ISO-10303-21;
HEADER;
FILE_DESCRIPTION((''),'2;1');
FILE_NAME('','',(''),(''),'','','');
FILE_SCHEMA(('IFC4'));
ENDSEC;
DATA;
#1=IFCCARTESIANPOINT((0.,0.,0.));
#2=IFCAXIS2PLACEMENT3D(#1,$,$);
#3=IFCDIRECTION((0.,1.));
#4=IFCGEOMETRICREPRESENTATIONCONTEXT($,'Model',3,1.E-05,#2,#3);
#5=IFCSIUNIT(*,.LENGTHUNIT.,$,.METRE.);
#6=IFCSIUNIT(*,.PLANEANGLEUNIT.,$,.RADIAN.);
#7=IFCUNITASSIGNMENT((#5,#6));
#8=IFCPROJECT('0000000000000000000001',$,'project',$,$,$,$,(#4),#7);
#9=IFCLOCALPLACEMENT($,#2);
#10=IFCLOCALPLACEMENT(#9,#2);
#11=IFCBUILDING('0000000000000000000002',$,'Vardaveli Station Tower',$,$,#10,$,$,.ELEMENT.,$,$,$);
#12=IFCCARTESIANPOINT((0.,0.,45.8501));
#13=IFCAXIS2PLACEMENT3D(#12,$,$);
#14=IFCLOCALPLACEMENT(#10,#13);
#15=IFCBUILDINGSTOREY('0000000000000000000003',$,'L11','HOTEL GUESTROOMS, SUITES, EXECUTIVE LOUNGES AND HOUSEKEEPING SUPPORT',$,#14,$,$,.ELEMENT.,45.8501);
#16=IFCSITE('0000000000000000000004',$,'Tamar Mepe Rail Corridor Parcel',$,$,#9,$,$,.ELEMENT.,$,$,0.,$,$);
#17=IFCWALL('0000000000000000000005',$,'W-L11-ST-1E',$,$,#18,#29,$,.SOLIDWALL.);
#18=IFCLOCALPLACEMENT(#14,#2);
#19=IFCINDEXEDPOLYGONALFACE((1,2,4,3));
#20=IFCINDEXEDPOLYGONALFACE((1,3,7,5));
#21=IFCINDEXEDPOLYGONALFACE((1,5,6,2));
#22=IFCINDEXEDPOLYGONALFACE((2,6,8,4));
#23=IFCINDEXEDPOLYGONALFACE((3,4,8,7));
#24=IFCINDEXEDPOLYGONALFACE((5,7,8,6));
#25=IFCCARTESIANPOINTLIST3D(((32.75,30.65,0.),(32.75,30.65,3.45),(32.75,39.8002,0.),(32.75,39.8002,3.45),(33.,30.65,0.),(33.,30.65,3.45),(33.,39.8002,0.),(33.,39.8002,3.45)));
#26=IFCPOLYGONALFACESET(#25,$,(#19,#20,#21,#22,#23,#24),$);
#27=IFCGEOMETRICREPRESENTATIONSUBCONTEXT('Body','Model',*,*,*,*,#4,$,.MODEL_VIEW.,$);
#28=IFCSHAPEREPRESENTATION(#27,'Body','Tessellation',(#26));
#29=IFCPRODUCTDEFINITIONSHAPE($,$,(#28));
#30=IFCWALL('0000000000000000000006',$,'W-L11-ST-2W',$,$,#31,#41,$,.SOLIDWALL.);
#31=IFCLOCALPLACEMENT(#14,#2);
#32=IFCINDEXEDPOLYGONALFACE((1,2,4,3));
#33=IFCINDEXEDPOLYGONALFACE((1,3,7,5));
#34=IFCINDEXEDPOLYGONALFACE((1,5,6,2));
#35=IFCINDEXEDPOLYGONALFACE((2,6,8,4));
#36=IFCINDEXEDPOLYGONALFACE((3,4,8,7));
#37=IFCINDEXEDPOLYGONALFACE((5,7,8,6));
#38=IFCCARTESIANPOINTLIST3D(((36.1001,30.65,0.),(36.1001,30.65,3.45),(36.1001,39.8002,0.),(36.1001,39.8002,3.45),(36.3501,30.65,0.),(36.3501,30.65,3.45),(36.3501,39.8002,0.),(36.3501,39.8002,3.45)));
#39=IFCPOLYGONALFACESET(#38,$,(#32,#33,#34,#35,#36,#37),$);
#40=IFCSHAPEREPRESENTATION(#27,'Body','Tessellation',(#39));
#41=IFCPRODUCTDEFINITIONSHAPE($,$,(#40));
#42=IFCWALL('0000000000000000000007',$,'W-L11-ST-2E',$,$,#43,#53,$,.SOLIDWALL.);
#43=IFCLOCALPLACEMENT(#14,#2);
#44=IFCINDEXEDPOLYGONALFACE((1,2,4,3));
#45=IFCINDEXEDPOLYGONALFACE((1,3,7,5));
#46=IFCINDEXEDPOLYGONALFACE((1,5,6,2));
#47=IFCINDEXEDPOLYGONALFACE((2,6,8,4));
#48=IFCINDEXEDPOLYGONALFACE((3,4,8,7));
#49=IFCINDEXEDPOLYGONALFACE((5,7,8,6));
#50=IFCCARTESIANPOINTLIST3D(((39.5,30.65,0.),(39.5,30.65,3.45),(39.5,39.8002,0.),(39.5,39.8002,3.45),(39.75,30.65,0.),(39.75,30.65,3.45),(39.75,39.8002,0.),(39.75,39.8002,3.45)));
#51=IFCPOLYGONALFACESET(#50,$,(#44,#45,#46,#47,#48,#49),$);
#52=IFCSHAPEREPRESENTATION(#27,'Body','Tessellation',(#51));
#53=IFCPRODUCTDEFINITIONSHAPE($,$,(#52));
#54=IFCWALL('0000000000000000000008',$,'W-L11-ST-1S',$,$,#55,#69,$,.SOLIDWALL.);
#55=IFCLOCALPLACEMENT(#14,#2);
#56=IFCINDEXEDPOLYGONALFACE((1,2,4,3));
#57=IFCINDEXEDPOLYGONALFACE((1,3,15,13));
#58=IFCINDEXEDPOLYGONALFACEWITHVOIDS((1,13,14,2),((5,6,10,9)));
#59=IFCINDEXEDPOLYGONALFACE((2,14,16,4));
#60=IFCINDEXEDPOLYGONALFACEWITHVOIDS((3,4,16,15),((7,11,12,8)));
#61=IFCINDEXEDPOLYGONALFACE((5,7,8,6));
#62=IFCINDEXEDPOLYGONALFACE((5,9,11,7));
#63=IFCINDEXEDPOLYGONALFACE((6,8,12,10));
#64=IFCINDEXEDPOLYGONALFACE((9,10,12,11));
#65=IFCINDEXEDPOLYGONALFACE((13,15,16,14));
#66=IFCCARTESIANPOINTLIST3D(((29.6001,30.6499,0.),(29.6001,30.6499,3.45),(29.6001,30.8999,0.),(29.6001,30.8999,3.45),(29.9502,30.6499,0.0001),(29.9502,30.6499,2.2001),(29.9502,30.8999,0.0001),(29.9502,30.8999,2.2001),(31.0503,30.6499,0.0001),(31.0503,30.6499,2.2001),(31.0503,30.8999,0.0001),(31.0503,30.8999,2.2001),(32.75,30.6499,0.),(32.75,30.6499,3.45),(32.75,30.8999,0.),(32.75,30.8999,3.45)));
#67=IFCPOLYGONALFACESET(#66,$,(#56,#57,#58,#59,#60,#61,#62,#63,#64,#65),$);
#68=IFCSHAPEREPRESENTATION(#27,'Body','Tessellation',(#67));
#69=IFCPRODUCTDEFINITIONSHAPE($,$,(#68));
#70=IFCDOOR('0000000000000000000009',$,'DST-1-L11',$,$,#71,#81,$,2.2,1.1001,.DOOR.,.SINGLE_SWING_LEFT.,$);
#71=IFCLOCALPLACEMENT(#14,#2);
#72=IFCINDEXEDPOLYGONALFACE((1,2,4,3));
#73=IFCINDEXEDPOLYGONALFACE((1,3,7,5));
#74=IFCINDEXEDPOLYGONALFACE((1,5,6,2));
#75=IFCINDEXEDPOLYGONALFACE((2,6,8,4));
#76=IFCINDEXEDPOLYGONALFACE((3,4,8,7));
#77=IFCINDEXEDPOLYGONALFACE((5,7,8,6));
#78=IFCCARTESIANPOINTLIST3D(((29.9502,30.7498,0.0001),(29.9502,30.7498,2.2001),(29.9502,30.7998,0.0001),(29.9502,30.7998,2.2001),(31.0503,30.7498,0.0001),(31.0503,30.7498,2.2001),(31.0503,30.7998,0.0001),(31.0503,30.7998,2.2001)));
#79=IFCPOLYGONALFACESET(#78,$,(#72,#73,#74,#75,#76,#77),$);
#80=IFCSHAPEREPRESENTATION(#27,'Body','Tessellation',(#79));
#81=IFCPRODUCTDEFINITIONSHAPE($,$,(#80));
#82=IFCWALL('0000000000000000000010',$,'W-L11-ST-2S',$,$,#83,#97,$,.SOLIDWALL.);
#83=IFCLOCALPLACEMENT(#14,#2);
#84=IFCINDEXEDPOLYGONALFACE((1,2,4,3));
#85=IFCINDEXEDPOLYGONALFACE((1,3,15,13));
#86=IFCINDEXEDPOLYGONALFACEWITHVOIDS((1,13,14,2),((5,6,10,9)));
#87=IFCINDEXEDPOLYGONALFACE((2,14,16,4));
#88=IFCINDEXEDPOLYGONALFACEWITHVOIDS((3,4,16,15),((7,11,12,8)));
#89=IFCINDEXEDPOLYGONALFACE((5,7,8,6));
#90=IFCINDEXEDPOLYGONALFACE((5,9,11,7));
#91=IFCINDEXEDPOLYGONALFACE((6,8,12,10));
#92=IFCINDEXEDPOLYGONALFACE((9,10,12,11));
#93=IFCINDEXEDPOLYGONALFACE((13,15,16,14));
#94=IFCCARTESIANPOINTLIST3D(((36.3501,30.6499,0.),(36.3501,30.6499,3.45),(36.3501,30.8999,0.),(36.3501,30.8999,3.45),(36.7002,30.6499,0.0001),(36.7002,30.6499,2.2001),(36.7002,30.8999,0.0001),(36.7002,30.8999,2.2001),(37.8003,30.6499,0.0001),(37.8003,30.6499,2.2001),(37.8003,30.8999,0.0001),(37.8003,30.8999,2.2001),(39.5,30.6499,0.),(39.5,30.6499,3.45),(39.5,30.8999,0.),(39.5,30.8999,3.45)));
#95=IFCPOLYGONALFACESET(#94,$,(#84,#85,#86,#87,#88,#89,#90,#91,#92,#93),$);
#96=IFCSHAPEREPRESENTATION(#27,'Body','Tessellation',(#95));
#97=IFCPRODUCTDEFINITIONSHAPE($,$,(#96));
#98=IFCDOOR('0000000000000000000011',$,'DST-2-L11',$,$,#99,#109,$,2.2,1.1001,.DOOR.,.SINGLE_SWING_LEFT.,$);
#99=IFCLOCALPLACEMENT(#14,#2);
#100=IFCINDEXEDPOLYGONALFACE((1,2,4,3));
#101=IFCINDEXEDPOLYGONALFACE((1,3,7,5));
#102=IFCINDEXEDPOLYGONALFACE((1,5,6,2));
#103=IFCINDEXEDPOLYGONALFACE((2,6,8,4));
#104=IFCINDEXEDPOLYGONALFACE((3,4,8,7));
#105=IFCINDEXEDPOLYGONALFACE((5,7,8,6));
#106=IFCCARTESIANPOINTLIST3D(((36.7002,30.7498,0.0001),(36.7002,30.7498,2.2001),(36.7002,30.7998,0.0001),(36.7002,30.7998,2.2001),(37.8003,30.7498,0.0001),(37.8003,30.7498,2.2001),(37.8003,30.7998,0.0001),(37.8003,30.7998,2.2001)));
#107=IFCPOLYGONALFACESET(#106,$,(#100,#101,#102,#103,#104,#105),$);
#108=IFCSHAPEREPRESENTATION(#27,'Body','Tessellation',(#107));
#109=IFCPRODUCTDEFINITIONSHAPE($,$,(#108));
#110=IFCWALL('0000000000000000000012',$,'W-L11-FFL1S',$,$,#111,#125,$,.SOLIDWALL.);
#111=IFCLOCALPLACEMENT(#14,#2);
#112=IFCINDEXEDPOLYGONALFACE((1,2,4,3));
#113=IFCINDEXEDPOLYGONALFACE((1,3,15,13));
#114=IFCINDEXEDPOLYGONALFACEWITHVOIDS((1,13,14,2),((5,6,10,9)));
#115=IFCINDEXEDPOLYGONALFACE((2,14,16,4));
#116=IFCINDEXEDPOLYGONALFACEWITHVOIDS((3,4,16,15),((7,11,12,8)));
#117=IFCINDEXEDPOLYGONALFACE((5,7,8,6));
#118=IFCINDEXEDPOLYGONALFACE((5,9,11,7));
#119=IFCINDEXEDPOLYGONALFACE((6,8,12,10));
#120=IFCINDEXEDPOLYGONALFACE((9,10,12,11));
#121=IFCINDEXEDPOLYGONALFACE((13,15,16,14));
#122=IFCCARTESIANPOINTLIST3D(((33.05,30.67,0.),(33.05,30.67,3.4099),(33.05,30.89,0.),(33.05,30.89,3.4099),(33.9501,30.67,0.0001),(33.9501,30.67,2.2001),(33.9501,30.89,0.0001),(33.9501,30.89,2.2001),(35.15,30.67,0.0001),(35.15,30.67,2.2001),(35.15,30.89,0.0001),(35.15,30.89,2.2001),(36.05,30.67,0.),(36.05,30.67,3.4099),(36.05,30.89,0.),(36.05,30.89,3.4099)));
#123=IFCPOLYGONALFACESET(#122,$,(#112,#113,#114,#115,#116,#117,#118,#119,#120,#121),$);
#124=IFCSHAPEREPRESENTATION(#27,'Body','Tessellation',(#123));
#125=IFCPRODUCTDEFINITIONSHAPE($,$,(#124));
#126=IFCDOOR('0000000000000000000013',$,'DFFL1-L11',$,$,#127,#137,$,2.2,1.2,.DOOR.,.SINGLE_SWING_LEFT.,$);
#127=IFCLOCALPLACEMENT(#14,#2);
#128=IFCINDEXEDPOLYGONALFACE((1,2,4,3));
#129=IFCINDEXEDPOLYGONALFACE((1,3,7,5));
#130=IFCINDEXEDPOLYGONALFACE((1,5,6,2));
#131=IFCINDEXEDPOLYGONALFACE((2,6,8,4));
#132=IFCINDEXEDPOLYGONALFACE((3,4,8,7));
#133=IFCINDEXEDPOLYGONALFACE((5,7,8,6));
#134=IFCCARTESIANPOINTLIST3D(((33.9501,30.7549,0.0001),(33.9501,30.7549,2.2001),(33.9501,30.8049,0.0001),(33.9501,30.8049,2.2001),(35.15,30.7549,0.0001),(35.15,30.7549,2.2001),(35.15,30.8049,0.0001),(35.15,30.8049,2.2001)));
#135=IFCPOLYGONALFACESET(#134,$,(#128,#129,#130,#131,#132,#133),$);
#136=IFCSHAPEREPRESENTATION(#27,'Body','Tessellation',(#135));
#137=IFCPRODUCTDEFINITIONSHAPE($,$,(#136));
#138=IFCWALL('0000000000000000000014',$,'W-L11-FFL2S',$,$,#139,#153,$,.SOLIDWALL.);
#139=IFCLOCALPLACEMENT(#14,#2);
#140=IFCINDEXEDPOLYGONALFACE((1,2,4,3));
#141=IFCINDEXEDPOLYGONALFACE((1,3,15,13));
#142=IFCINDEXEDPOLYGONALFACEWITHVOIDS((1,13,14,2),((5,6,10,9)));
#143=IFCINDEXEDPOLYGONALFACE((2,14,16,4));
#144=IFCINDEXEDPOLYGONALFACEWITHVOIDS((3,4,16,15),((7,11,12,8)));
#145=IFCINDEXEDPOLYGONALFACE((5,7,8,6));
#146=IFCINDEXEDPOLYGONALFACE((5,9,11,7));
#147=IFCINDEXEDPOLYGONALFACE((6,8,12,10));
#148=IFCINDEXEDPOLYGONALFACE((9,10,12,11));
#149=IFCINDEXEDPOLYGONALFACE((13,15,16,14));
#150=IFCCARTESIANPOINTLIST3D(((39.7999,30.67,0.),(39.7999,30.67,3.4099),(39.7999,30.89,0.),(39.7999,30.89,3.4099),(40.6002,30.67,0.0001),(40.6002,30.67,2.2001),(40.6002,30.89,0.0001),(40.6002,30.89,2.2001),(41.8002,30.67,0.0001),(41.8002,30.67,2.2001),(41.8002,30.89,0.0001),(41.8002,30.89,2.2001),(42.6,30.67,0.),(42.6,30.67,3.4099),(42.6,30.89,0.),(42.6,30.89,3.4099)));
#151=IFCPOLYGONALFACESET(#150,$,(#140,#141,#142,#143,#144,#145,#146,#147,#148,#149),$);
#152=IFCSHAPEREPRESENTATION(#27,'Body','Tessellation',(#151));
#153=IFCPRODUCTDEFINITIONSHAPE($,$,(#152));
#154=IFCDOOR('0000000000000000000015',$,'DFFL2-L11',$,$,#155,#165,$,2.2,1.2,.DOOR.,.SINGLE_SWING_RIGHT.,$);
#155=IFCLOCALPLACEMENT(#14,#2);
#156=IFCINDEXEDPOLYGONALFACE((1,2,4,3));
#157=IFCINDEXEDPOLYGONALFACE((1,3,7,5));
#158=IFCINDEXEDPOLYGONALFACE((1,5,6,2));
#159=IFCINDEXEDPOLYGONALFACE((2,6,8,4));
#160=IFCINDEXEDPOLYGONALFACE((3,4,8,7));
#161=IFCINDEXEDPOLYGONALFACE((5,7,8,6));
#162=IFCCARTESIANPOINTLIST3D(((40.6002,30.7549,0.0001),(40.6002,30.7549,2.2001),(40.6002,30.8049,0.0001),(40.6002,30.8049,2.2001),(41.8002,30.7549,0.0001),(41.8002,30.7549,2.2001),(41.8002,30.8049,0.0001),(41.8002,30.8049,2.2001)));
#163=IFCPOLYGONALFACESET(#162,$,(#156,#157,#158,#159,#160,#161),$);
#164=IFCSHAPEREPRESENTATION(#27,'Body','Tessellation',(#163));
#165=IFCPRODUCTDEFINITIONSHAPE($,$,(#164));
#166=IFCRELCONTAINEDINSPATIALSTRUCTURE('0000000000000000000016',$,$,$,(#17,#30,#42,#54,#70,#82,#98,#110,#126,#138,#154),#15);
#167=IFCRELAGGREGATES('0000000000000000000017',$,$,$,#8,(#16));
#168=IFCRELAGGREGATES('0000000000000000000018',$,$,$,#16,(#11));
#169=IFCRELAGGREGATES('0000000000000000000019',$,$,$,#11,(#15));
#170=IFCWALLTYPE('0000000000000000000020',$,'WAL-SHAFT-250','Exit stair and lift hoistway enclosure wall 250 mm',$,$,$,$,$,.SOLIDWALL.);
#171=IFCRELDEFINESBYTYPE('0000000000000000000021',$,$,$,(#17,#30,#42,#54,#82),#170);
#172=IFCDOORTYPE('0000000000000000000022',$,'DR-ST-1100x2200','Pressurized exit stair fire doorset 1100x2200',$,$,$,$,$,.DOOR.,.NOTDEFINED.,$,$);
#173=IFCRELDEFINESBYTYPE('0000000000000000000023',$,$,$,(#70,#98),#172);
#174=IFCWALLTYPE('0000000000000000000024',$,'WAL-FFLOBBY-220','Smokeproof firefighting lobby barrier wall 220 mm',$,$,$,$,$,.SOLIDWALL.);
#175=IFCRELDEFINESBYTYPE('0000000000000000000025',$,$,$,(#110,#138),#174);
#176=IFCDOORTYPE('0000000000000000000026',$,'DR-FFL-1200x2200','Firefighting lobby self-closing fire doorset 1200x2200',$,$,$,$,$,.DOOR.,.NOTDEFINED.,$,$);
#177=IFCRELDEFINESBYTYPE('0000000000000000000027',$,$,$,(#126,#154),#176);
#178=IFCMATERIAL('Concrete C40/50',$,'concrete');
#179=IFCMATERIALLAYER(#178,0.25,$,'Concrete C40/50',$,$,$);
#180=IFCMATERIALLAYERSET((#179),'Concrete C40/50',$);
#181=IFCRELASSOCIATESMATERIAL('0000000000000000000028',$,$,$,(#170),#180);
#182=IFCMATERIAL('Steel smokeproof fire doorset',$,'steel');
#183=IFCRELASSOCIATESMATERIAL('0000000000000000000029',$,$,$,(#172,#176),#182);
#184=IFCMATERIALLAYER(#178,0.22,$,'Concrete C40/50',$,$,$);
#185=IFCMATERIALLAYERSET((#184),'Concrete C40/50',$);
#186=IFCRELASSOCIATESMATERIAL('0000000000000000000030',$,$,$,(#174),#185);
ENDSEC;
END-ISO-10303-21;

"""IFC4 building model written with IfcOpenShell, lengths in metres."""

from ifc_helpers import new_model, si_unit, direction, frame, frame_2d, origin, place, context, subcontext, project, spatial, rectangle, extrude, source, transform, mapped, material, layer, layer_set, type_object, element, fill, save


model = new_model("IFC4")

# Units and contexts
model_context = context("Model", 3, precision=1e-05, world=origin(), true_north=direction((0.0, 1.0)))
body_context = subcontext(model_context, "Body", "Model", "MODEL_VIEW")
ifc_project = project(units=[si_unit("LENGTHUNIT", "METRE"), si_unit("PLANEANGLEUNIT", "RADIAN")], contexts=[model_context])

# Site, building, storey
site_placement = place(None, origin())
site = spatial("IfcSite", under=ifc_project, at=site_placement, Name="Tamar Mepe Rail Corridor Parcel", CompositionType="ELEMENT", RefElevation=0.0)
building_placement = place(site_placement, origin())
building = spatial("IfcBuilding", under=site, at=building_placement, Name="Vardaveli Station Tower", CompositionType="ELEMENT")
storey_placement = place(building_placement, frame((0.0, 0.0, 45.8501)))
storey = spatial("IfcBuildingStorey", under=building, at=storey_placement, Name="L11", Description="HOTEL GUESTROOMS, SUITES, EXECUTIVE LOUNGES AND HOUSEKEEPING SUPPORT", CompositionType="ELEMENT", Elevation=45.8501)

# Walls
ifc_material_1 = material(Name="Concrete C40/50", Category="concrete")
ifc_layer_1 = layer(ifc_material_1, 0.25, Name="Concrete C40/50")
ifc_layer_set_1 = layer_set([ifc_layer_1], Name="Concrete C40/50")
wall_type_1 = type_object("IfcWallType", Name="WAL-SHAFT-250", Description="Exit stair and lift hoistway enclosure wall 250 mm", PredefinedType="SOLIDWALL", material=ifc_layer_set_1)
shared_shape_1 = source(origin(), body_context, "Body", "SweptSolid", [
    extrude(rectangle(XDim=9.1501, YDim=0.25, at=frame_2d((4.5752, 0.0))), origin(), (0.0, 0.0, 1.0), 3.45),
])
for number, where, z_axis, x_axis, name in (
    (1, (32.875, 30.6499, 0.0), (0.0, 0.0, 1.0), (0.0, 1.0, 0.0), "W-L11-ST-1E"),
    (2, (36.2251, 30.6499, 0.0), (0.0, 0.0, 1.0), (0.0, 1.0, 0.0), "W-L11-ST-2W"),
    (3, (39.625, 30.6499, 0.0), (0.0, 0.0, 1.0), (0.0, 1.0, 0.0), "W-L11-ST-2E"),
):
    element("IfcWall", number, at=place(storey_placement, frame(where, z_axis=z_axis, x_axis=x_axis)), inside=storey, type_object=wall_type_1, Name=name, PredefinedType="SOLIDWALL", context=body_context, shape_type="MappedRepresentation", body=[
        mapped(shared_shape_1, transform((0.0, 0.0, 0.0), scale=1.0)),
    ])

# Walls, openings, doors
shared_shape_2 = source(origin(), body_context, "Body", "SweptSolid", [
    extrude(rectangle(XDim=3.1499, YDim=0.25, at=frame_2d((1.575, 0.0))), origin(), (0.0, 0.0, 1.0), 3.45),
])
wall_1_placement = place(storey_placement, frame((29.6001, 30.7749, 0.0), z_axis=(0.0, 0.0, 1.0), x_axis=(1.0, 0.0, 0.0)))
wall_1 = element("IfcWall", 4, at=wall_1_placement, inside=storey, type_object=wall_type_1, Name="W-L11-ST-1S", PredefinedType="SOLIDWALL", context=body_context, shape_type="MappedRepresentation", body=[
    mapped(shared_shape_2, transform((0.0, 0.0, 0.0), scale=1.0)),
])
shared_shape_3 = source(origin(), body_context, "Body", "SweptSolid", [
    extrude(rectangle(XDim=1.1001, YDim=2.2, at=frame_2d((0.55, 1.1001))), frame((0.0, 0.135, 0.0), z_axis=(0.0, -1.0, 0.0), x_axis=(1.0, 0.0, 0.0)), (0.0, 0.0, 1.0), 0.27),
])
opening_1_placement = place(wall_1_placement, frame((0.3501, 0.0, 0.0)))
opening_1 = element("IfcOpeningElement", 5, at=opening_1_placement, cuts=wall_1, PredefinedType="OPENING", context=body_context, shape_type="MappedRepresentation", body=[
    mapped(shared_shape_3, transform((0.0, 0.0, 0.0), scale=1.0)),
])
ifc_material_2 = material(Name="Steel smokeproof fire doorset", Category="steel")
door_type_1 = type_object("IfcDoorType", Name="DR-ST-1100x2200", Description="Pressurized exit stair fire doorset 1100x2200", OperationType="NOTDEFINED", PredefinedType="DOOR", material=ifc_material_2)
shared_shape_4 = source(origin(), body_context, "Body", "SweptSolid", [
    extrude(rectangle(XDim=1.1001, YDim=2.2, at=frame_2d((0.55, 1.1001))), frame((0.0, 0.0249, 0.0), z_axis=(0.0, -1.0, 0.0), x_axis=(1.0, 0.0, 0.0)), (0.0, 0.0, 1.0), 0.05),
])
door_1_placement = place(opening_1_placement, origin())
door_1 = element("IfcDoor", 6, at=door_1_placement, inside=storey, type_object=door_type_1, Name="DST-1-L11", OperationType="SINGLE_SWING_LEFT", OverallHeight=2.2, OverallWidth=1.1001, PredefinedType="DOOR", context=body_context, shape_type="MappedRepresentation", body=[
    mapped(shared_shape_4, transform((0.0, 0.0, 0.0), scale=1.0)),
])
fill(opening_1, door_1)
wall_2_placement = place(storey_placement, frame((36.3501, 30.7749, 0.0), z_axis=(0.0, 0.0, 1.0), x_axis=(1.0, 0.0, 0.0)))
wall_2 = element("IfcWall", 7, at=wall_2_placement, inside=storey, type_object=wall_type_1, Name="W-L11-ST-2S", PredefinedType="SOLIDWALL", context=body_context, shape_type="MappedRepresentation", body=[
    mapped(shared_shape_2, transform((0.0, 0.0, 0.0), scale=1.0)),
])
opening_2_placement = place(wall_2_placement, frame((0.3501, 0.0, 0.0)))
opening_2 = element("IfcOpeningElement", 8, at=opening_2_placement, cuts=wall_2, PredefinedType="OPENING", context=body_context, shape_type="MappedRepresentation", body=[
    mapped(shared_shape_3, transform((0.0, 0.0, 0.0), scale=1.0)),
])
door_2_placement = place(opening_2_placement, origin())
door_2 = element("IfcDoor", 9, at=door_2_placement, inside=storey, type_object=door_type_1, Name="DST-2-L11", OperationType="SINGLE_SWING_LEFT", OverallHeight=2.2, OverallWidth=1.1001, PredefinedType="DOOR", context=body_context, shape_type="MappedRepresentation", body=[
    mapped(shared_shape_4, transform((0.0, 0.0, 0.0), scale=1.0)),
])
fill(opening_2, door_2)
ifc_layer_2 = layer(ifc_material_1, 0.22, Name="Concrete C40/50")
ifc_layer_set_2 = layer_set([ifc_layer_2], Name="Concrete C40/50")
wall_type_2 = type_object("IfcWallType", Name="WAL-FFLOBBY-220", Description="Smokeproof firefighting lobby barrier wall 220 mm", PredefinedType="SOLIDWALL", material=ifc_layer_set_2)
shared_shape_5 = source(origin(), body_context, "Body", "SweptSolid", [
    extrude(rectangle(XDim=3.0, YDim=0.22, at=frame_2d((1.5, 0.0))), origin(), (0.0, 0.0, 1.0), 3.4099),
])
wall_3_placement = place(storey_placement, frame((33.05, 30.78, 0.0), z_axis=(0.0, 0.0, 1.0), x_axis=(1.0, 0.0, 0.0)))
wall_3 = element("IfcWall", 10, at=wall_3_placement, inside=storey, type_object=wall_type_2, Name="W-L11-FFL1S", PredefinedType="SOLIDWALL", context=body_context, shape_type="MappedRepresentation", body=[
    mapped(shared_shape_5, transform((0.0, 0.0, 0.0), scale=1.0)),
])
shared_shape_6 = source(origin(), body_context, "Body", "SweptSolid", [
    extrude(rectangle(XDim=1.2, YDim=2.2, at=frame_2d((0.6001, 1.1001))), frame((0.0, 0.1201, 0.0), z_axis=(0.0, -1.0, 0.0), x_axis=(1.0, 0.0, 0.0)), (0.0, 0.0, 1.0), 0.24),
])
opening_3_placement = place(wall_3_placement, frame((0.8999, 0.0, 0.0)))
opening_3 = element("IfcOpeningElement", 11, at=opening_3_placement, cuts=wall_3, PredefinedType="OPENING", context=body_context, shape_type="MappedRepresentation", body=[
    mapped(shared_shape_6, transform((0.0, 0.0, 0.0), scale=1.0)),
])
door_type_2 = type_object("IfcDoorType", Name="DR-FFL-1200x2200", Description="Firefighting lobby self-closing fire doorset 1200x2200", OperationType="NOTDEFINED", PredefinedType="DOOR", material=ifc_material_2)
shared_shape_7 = source(origin(), body_context, "Body", "SweptSolid", [
    extrude(rectangle(XDim=1.2, YDim=2.2, at=frame_2d((0.6001, 1.1001))), frame((0.0, 0.0249, 0.0), z_axis=(0.0, -1.0, 0.0), x_axis=(1.0, 0.0, 0.0)), (0.0, 0.0, 1.0), 0.05),
])
door_3_placement = place(opening_3_placement, origin())
door_3 = element("IfcDoor", 12, at=door_3_placement, inside=storey, type_object=door_type_2, Name="DFFL1-L11", OperationType="SINGLE_SWING_LEFT", OverallHeight=2.2, OverallWidth=1.2, PredefinedType="DOOR", context=body_context, shape_type="MappedRepresentation", body=[
    mapped(shared_shape_7, transform((0.0, 0.0, 0.0), scale=1.0)),
])
fill(opening_3, door_3)
shared_shape_8 = source(origin(), body_context, "Body", "SweptSolid", [
    extrude(rectangle(XDim=2.8, YDim=0.22, at=frame_2d((1.3999, 0.0))), origin(), (0.0, 0.0, 1.0), 3.4099),
])
wall_4_placement = place(storey_placement, frame((39.8, 30.78, 0.0), z_axis=(0.0, 0.0, 1.0), x_axis=(1.0, 0.0, 0.0)))
wall_4 = element("IfcWall", 13, at=wall_4_placement, inside=storey, type_object=wall_type_2, Name="W-L11-FFL2S", PredefinedType="SOLIDWALL", context=body_context, shape_type="MappedRepresentation", body=[
    mapped(shared_shape_8, transform((0.0, 0.0, 0.0), scale=1.0)),
])
opening_4_placement = place(wall_4_placement, frame((0.8, 0.0, 0.0)))
opening_4 = element("IfcOpeningElement", 14, at=opening_4_placement, cuts=wall_4, PredefinedType="OPENING", context=body_context, shape_type="MappedRepresentation", body=[
    mapped(shared_shape_6, transform((0.0, 0.0, 0.0), scale=1.0)),
])
door_4_placement = place(opening_4_placement, origin())
door_4 = element("IfcDoor", 15, at=door_4_placement, inside=storey, type_object=door_type_2, Name="DFFL2-L11", OperationType="SINGLE_SWING_RIGHT", OverallHeight=2.2, OverallWidth=1.2, PredefinedType="DOOR", context=body_context, shape_type="MappedRepresentation", body=[
    mapped(shared_shape_7, transform((0.0, 0.0, 0.0), scale=1.0)),
])
fill(opening_4, door_4)

save(model, "model.ifc")
